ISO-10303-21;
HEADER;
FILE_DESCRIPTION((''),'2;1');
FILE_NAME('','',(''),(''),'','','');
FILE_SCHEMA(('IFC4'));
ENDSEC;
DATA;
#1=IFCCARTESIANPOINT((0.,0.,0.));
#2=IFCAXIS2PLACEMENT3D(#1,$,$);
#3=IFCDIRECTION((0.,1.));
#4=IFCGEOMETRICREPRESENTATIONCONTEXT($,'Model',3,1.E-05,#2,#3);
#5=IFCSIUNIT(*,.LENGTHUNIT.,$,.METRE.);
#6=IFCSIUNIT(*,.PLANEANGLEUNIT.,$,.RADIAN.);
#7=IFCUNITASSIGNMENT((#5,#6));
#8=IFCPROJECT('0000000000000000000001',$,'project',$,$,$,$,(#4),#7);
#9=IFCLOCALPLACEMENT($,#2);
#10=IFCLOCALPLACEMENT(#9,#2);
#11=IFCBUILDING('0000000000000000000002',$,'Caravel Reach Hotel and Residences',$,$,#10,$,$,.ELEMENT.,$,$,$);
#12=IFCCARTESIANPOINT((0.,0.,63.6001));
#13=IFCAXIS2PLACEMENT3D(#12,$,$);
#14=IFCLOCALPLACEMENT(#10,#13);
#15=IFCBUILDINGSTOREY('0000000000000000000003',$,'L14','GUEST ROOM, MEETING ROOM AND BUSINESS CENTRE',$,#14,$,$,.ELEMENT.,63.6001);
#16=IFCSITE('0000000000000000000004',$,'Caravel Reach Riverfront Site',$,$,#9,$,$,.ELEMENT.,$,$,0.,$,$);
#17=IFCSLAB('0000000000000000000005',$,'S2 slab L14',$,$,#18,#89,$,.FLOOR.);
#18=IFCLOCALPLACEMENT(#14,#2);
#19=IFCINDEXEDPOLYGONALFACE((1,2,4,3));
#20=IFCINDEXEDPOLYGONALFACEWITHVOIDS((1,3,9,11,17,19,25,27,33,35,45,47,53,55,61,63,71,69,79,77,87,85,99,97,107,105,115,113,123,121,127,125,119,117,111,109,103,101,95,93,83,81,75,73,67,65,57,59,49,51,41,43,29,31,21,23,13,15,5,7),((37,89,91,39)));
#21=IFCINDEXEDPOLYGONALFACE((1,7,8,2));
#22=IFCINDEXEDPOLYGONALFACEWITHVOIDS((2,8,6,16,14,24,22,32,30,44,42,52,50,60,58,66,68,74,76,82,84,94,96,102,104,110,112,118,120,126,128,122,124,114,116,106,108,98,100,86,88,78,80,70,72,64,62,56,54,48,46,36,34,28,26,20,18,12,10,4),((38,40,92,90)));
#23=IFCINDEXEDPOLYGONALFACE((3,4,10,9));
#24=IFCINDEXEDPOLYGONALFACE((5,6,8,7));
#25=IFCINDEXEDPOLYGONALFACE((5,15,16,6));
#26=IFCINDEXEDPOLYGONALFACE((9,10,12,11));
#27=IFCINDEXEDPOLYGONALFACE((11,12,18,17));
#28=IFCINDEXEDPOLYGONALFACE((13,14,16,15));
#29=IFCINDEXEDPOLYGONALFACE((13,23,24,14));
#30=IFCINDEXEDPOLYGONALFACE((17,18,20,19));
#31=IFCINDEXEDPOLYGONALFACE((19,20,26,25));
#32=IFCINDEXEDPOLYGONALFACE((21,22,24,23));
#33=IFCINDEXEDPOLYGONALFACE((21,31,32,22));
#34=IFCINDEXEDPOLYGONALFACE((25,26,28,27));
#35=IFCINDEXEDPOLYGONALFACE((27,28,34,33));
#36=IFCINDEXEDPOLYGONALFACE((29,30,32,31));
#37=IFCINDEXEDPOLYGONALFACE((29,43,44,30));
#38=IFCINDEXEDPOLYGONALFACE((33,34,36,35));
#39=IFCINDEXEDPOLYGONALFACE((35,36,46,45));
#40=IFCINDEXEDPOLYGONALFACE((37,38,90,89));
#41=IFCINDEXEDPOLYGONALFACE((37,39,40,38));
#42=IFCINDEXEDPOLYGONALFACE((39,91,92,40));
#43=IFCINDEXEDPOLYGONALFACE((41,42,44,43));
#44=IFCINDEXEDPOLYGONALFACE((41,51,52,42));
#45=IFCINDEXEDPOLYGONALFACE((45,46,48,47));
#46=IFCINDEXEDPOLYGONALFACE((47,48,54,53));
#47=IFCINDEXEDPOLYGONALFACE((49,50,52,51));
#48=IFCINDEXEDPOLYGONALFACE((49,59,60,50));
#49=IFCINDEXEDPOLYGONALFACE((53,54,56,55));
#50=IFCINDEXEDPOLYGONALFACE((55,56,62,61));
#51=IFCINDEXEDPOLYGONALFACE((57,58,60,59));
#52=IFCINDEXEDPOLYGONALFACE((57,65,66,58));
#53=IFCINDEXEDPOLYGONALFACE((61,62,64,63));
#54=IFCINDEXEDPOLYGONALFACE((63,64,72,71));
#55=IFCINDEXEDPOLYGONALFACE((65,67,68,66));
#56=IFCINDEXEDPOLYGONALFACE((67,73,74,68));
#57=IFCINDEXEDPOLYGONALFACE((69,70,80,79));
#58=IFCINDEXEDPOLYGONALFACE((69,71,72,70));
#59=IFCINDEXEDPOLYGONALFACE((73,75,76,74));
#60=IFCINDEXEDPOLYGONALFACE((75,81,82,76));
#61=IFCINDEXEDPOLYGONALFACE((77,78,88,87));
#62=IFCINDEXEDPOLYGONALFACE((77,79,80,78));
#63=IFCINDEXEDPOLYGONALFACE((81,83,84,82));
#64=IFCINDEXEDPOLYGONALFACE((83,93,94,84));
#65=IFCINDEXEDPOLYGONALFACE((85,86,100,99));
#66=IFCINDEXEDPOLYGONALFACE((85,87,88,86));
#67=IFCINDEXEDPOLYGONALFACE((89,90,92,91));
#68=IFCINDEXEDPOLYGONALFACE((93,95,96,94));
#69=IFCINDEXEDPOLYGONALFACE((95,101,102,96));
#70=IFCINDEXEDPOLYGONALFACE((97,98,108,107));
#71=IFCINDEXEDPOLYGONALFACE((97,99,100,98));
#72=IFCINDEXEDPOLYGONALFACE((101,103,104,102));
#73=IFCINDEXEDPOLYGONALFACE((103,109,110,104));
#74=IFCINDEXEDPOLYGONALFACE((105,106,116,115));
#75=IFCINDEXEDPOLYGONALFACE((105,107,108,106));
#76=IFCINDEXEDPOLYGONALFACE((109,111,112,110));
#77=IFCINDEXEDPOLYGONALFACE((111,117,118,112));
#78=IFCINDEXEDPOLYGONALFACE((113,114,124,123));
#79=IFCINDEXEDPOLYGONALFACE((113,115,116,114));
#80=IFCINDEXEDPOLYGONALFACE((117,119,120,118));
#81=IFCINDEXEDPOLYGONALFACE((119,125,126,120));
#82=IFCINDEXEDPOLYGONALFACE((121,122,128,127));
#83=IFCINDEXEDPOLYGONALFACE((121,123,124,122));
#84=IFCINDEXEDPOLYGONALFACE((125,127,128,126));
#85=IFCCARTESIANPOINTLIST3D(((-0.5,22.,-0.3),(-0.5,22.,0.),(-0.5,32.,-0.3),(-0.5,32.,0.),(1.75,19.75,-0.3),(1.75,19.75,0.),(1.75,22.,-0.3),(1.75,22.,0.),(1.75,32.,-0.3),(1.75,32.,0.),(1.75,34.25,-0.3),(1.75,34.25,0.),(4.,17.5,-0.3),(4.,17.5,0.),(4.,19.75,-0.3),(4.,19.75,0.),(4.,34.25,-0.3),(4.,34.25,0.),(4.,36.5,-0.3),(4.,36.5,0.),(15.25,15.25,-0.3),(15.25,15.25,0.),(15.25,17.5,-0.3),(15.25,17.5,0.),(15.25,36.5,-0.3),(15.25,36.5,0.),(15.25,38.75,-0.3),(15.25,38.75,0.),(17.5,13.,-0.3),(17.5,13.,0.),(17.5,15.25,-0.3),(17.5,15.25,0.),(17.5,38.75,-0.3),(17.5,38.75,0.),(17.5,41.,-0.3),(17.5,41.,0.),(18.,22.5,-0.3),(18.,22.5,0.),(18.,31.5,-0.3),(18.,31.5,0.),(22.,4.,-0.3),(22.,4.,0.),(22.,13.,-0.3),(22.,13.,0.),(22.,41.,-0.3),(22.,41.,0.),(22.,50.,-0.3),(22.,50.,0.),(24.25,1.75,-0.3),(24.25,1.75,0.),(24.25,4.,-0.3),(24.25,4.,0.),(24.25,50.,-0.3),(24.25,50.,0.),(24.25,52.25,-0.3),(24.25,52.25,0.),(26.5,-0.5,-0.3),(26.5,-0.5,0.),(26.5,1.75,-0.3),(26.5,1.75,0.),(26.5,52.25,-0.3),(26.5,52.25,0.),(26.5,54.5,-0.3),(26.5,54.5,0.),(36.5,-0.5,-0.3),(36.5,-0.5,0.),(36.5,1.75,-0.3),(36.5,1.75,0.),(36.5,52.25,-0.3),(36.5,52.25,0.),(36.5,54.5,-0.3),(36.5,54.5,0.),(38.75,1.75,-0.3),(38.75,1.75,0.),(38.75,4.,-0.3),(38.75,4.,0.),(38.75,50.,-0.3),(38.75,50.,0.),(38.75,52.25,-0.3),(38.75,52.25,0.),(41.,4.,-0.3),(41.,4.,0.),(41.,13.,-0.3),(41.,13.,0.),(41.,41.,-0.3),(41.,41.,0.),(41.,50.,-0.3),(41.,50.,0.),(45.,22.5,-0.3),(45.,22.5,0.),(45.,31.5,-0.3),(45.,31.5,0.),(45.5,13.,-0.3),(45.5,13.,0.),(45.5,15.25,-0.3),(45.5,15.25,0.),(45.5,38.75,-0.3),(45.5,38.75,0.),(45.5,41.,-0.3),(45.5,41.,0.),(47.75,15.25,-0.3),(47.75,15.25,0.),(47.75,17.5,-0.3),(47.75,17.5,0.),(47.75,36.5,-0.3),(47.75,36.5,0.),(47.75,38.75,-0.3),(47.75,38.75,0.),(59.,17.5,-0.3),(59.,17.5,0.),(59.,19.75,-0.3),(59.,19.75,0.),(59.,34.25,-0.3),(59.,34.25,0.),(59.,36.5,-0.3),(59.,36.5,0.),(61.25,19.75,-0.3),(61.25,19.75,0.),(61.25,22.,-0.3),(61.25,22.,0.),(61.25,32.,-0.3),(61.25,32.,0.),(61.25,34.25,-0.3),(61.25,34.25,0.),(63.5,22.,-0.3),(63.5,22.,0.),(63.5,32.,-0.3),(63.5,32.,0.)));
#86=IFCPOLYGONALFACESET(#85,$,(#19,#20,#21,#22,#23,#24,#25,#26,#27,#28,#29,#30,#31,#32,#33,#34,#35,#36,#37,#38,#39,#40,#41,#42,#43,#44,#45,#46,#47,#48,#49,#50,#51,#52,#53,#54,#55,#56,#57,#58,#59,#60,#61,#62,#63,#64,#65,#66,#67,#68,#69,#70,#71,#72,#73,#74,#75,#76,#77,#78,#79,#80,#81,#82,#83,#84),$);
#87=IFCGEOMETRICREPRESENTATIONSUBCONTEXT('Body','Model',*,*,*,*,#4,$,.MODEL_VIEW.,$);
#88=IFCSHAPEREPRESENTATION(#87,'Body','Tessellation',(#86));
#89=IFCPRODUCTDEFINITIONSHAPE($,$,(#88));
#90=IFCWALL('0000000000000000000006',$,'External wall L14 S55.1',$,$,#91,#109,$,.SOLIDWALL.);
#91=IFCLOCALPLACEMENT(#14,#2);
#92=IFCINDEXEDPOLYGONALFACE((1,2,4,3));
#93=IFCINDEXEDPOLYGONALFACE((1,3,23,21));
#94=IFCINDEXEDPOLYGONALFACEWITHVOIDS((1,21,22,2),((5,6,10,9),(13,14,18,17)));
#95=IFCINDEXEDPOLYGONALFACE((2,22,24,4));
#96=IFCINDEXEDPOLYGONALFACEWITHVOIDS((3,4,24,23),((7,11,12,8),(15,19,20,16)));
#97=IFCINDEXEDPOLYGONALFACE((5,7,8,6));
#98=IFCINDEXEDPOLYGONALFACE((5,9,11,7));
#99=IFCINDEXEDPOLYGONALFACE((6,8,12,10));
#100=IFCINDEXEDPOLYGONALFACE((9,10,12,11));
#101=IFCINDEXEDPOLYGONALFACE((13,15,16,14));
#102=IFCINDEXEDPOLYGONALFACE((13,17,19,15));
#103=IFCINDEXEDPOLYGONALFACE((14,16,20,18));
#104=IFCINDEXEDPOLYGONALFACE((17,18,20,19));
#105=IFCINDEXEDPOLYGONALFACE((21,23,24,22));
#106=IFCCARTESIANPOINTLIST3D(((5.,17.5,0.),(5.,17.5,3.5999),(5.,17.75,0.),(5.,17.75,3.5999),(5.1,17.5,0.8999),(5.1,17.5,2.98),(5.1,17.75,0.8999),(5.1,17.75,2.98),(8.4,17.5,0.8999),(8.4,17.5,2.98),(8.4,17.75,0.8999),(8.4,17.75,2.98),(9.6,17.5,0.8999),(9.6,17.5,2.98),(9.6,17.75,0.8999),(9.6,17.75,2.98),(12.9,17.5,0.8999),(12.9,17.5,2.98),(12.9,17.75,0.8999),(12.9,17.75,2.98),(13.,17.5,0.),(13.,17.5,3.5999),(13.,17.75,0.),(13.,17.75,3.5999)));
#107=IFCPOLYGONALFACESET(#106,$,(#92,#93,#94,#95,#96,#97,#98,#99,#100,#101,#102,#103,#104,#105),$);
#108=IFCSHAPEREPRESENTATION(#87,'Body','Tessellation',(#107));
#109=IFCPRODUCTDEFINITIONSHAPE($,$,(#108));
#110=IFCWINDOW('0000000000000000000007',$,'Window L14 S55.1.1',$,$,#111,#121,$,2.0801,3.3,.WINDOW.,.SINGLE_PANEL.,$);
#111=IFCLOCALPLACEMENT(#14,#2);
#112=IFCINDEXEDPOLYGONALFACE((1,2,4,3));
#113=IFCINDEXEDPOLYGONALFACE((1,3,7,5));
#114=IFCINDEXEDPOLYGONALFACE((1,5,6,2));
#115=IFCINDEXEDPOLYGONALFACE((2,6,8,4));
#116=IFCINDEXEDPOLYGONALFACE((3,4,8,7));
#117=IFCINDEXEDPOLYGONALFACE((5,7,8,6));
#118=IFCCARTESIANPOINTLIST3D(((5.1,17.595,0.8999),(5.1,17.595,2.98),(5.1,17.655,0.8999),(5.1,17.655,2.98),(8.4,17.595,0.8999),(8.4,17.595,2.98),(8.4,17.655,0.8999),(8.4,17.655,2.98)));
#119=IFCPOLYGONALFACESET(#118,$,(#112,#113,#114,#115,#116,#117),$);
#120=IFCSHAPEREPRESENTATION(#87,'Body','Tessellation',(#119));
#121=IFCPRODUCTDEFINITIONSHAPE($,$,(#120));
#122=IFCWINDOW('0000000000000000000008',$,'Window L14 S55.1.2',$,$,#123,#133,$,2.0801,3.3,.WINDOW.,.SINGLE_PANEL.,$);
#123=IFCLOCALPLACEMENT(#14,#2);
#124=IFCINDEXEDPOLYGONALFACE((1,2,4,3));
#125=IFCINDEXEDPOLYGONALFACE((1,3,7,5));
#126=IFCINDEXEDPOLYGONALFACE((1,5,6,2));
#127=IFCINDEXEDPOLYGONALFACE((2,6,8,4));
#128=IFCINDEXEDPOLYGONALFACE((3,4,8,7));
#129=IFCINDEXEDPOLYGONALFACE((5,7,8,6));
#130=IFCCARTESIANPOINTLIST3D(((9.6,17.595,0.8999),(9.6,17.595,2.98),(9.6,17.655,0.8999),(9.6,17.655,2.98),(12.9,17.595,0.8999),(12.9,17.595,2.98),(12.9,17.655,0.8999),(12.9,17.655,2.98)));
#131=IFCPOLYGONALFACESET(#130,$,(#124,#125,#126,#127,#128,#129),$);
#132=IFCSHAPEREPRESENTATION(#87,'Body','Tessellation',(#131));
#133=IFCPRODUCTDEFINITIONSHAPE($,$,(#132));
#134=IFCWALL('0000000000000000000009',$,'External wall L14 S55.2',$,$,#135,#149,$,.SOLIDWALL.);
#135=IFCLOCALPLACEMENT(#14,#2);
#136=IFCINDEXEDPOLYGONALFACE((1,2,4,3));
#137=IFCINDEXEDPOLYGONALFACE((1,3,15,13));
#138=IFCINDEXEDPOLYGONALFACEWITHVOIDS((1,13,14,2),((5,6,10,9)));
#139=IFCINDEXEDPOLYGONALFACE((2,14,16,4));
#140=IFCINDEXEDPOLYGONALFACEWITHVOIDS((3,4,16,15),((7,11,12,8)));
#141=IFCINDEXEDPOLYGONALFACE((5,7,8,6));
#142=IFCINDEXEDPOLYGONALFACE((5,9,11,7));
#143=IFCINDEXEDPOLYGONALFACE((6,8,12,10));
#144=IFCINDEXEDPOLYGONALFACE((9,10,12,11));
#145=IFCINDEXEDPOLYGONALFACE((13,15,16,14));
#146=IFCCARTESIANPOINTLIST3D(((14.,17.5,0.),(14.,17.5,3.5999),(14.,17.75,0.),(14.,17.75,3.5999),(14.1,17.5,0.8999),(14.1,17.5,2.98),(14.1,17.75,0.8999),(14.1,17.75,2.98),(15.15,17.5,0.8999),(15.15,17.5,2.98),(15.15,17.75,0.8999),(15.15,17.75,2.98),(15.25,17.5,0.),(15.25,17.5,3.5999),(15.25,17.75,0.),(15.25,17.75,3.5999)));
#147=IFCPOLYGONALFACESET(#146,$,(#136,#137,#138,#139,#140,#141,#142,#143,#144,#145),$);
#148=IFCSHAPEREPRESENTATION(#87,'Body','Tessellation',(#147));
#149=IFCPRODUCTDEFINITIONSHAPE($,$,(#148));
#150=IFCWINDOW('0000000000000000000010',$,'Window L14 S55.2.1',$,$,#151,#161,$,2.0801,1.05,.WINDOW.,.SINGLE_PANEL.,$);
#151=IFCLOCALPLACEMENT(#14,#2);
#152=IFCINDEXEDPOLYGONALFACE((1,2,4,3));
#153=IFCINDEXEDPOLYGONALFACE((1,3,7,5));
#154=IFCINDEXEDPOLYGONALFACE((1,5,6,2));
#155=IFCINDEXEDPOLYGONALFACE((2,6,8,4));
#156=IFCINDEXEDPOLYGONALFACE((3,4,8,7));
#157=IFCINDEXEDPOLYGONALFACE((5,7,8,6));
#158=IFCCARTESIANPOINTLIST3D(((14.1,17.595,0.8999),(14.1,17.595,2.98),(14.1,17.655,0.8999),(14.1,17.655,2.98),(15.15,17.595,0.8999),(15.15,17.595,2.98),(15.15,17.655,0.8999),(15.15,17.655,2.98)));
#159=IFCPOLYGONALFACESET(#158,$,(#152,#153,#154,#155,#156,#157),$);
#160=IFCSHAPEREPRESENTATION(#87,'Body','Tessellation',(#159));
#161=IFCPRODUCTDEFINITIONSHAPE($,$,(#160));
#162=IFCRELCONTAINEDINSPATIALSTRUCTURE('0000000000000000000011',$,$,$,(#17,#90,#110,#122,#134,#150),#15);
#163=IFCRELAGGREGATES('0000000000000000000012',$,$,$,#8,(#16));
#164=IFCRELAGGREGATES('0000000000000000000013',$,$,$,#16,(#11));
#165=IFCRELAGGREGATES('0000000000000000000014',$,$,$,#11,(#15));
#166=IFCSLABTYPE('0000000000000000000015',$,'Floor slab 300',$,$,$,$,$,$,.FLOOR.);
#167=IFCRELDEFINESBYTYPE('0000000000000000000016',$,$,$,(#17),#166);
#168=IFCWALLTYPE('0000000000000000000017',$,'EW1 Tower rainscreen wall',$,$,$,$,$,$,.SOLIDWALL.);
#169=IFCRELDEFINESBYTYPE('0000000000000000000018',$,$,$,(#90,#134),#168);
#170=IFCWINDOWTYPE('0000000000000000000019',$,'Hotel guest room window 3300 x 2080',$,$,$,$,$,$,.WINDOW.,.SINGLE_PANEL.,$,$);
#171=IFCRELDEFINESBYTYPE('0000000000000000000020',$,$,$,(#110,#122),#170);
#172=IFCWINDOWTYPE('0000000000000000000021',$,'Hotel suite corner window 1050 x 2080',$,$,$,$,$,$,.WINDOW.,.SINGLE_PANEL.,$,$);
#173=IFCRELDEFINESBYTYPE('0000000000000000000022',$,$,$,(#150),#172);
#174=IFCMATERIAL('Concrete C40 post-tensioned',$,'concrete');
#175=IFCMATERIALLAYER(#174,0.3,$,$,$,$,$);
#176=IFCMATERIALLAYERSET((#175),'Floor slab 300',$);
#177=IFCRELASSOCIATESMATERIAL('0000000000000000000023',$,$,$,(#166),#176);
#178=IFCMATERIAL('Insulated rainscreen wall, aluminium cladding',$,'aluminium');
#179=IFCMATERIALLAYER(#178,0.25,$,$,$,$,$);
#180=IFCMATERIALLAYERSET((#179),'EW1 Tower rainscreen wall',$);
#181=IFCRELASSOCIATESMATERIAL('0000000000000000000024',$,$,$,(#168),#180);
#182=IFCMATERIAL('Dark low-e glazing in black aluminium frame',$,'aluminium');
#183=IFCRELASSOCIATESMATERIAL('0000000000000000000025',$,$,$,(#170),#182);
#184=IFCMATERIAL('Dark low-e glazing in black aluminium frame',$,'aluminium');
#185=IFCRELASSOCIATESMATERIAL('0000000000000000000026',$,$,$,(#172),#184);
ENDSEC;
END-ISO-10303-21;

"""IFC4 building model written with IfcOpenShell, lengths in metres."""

from ifc_helpers import new_model, si_unit, direction, frame, frame_2d, origin, place, context, subcontext, project, spatial, polyline, rectangle, outline, extrude, material, layer, layer_set, type_object, element, fill, save


model = new_model("IFC4")

# Units and contexts
model_context = context("Model", 3, precision=1e-05, world=origin(), true_north=direction((0.0, 1.0)))
body_context = subcontext(model_context, "Body", "Model", "MODEL_VIEW")
ifc_project = project(units=[si_unit("LENGTHUNIT", "METRE"), si_unit("PLANEANGLEUNIT", "RADIAN")], contexts=[model_context])

# Site, building, storey
site_placement = place(None, origin())
site = spatial("IfcSite", under=ifc_project, at=site_placement, Name="Caravel Reach Riverfront Site", CompositionType="ELEMENT", RefElevation=0.0)
building_placement = place(site_placement, origin())
building = spatial("IfcBuilding", under=site, at=building_placement, Name="Caravel Reach Hotel and Residences", CompositionType="ELEMENT")
storey_placement = place(building_placement, frame((0.0, 0.0, 63.6001)))
storey = spatial("IfcBuildingStorey", under=building, at=storey_placement, Name="L14", Description="GUEST ROOM, MEETING ROOM AND BUSINESS CENTRE", CompositionType="ELEMENT", Elevation=63.6001)

# Slab
ifc_material_1 = material(Name="Concrete C40 post-tensioned", Category="concrete")
ifc_layer_1 = layer(ifc_material_1, 0.3)
ifc_layer_set_1 = layer_set([ifc_layer_1], Name="Floor slab 300")
slab_type_1 = type_object("IfcSlabType", Name="Floor slab 300", PredefinedType="FLOOR", material=ifc_layer_set_1)
slab_1_placement = place(storey_placement, frame((0.0, 0.0, -0.3)))
element("IfcSlab", 1, at=slab_1_placement, inside=storey, type_object=slab_type_1, Name="S2 slab L14", PredefinedType="FLOOR", context=body_context, shape_type="SweptSolid", body=[
    extrude(outline(polyline([(17.5, 13.0), (17.5, 15.25), (15.25, 15.25), (15.25, 17.5), (4.0, 17.5), (4.0, 19.75), (1.75, 19.75), (1.75, 22.0), (-0.5, 22.0), (-0.5, 32.0), (1.75, 32.0), (1.75, 34.25), (4.0, 34.25), (4.0, 36.5), (15.25, 36.5), (15.25, 38.75), (17.5, 38.75), (17.5, 41.0), (22.0, 41.0), (22.0, 50.0), (24.25, 50.0), (24.25, 52.25), (26.5, 52.25), (26.5, 54.5), (36.5, 54.5), (36.5, 52.25), (38.75, 52.25), (38.75, 50.0), (41.0, 50.0), (41.0, 41.0), (45.5, 41.0), (45.5, 38.75), (47.75, 38.75), (47.75, 36.5), (59.0, 36.5), (59.0, 34.25), (61.25, 34.25), (61.25, 32.0), (63.5, 32.0), (63.5, 22.0), (61.25, 22.0), (61.25, 19.75), (59.0, 19.75), (59.0, 17.5), (47.75, 17.5), (47.75, 15.25), (45.5, 15.25), (45.5, 13.0), (41.0, 13.0), (41.0, 4.0), (38.75, 4.0), (38.75, 1.75), (36.5, 1.75), (36.5, -0.5), (26.5, -0.5), (26.5, 1.75), (24.25, 1.75), (24.25, 4.0), (22.0, 4.0), (22.0, 13.0), (17.5, 13.0)]), holes=[polyline([(45.0, 31.5), (18.0, 31.5), (18.0, 22.5), (45.0, 22.5), (45.0, 31.5)])]), origin(), (0.0, 0.0, 1.0), 0.3),
])

# Wall, openings, windows
ifc_material_2 = material(Name="Insulated rainscreen wall, aluminium cladding", Category="aluminium")
ifc_layer_2 = layer(ifc_material_2, 0.25)
ifc_layer_set_2 = layer_set([ifc_layer_2], Name="EW1 Tower rainscreen wall")
wall_type_1 = type_object("IfcWallType", Name="EW1 Tower rainscreen wall", PredefinedType="SOLIDWALL", material=ifc_layer_set_2)
wall_1_placement = place(storey_placement, frame((5.0, 17.625, 0.0), z_axis=(0.0, 0.0, 1.0), x_axis=(1.0, 0.0, 0.0)))
wall_1 = element("IfcWall", 2, at=wall_1_placement, inside=storey, type_object=wall_type_1, Name="External wall L14 S55.1", PredefinedType="SOLIDWALL", context=body_context, shape_type="SweptSolid", body=[
    extrude(rectangle(XDim=8.0, YDim=0.25, at=frame_2d((4.0, 0.0))), origin(), (0.0, 0.0, 1.0), 3.5999),
])
opening_1_placement = place(wall_1_placement, frame((0.1001, 0.0, 0.8999)))
opening_1 = element("IfcOpeningElement", 3, at=opening_1_placement, cuts=wall_1, PredefinedType="OPENING", context=body_context, shape_type="SweptSolid", body=[
    extrude(rectangle(XDim=3.3, YDim=2.0801, at=frame_2d((1.6499, 1.04))), frame((0.0, 0.135, 0.0), z_axis=(0.0, -1.0, 0.0), x_axis=(1.0, 0.0, 0.0)), (0.0, 0.0, 1.0), 0.27),
])
opening_2_placement = place(wall_1_placement, frame((4.6001, 0.0, 0.8999)))
opening_2 = element("IfcOpeningElement", 4, at=opening_2_placement, cuts=wall_1, PredefinedType="OPENING", context=body_context, shape_type="SweptSolid", body=[
    extrude(rectangle(XDim=3.3, YDim=2.0801, at=frame_2d((1.6499, 1.04))), frame((0.0, 0.135, 0.0), z_axis=(0.0, -1.0, 0.0), x_axis=(1.0, 0.0, 0.0)), (0.0, 0.0, 1.0), 0.27),
])
ifc_material_3 = material(Name="Dark low-e glazing in black aluminium frame", Category="aluminium")
window_type_1 = type_object("IfcWindowType", Name="Hotel guest room window 3300 x 2080", PartitioningType="SINGLE_PANEL", PredefinedType="WINDOW", material=ifc_material_3)
window_1_placement = place(opening_1_placement, origin())
window_1 = element("IfcWindow", 5, at=window_1_placement, inside=storey, type_object=window_type_1, Name="Window L14 S55.1.1", OverallHeight=2.0801, OverallWidth=3.3, PartitioningType="SINGLE_PANEL", PredefinedType="WINDOW", context=body_context, shape_type="SweptSolid", body=[
    extrude(rectangle(XDim=3.3, YDim=2.0801, at=frame_2d((1.6499, 1.04))), frame((0.0, 0.03, 0.0), z_axis=(0.0, -1.0, 0.0), x_axis=(1.0, 0.0, 0.0)), (0.0, 0.0, 1.0), 0.0601),
])
fill(opening_1, window_1)
window_2_placement = place(opening_2_placement, origin())
window_2 = element("IfcWindow", 6, at=window_2_placement, inside=storey, type_object=window_type_1, Name="Window L14 S55.1.2", OverallHeight=2.0801, OverallWidth=3.3, PartitioningType="SINGLE_PANEL", PredefinedType="WINDOW", context=body_context, shape_type="SweptSolid", body=[
    extrude(rectangle(XDim=3.3, YDim=2.0801, at=frame_2d((1.6499, 1.04))), frame((0.0, 0.03, 0.0), z_axis=(0.0, -1.0, 0.0), x_axis=(1.0, 0.0, 0.0)), (0.0, 0.0, 1.0), 0.0601),
])
fill(opening_2, window_2)

# Wall, opening, window
wall_2_placement = place(storey_placement, frame((14.0, 17.625, 0.0), z_axis=(0.0, 0.0, 1.0), x_axis=(1.0, 0.0, 0.0)))
wall_2 = element("IfcWall", 7, at=wall_2_placement, inside=storey, type_object=wall_type_1, Name="External wall L14 S55.2", PredefinedType="SOLIDWALL", context=body_context, shape_type="SweptSolid", body=[
    extrude(rectangle(XDim=1.25, YDim=0.25, at=frame_2d((0.625, 0.0))), origin(), (0.0, 0.0, 1.0), 3.5999),
])
opening_3_placement = place(wall_2_placement, frame((0.1001, 0.0, 0.8999)))
opening_3 = element("IfcOpeningElement", 8, at=opening_3_placement, cuts=wall_2, PredefinedType="OPENING", context=body_context, shape_type="SweptSolid", body=[
    extrude(rectangle(XDim=1.05, YDim=2.0801, at=frame_2d((0.5249, 1.04))), frame((0.0, 0.135, 0.0), z_axis=(0.0, -1.0, 0.0), x_axis=(1.0, 0.0, 0.0)), (0.0, 0.0, 1.0), 0.27),
])
ifc_material_4 = material(Name="Dark low-e glazing in black aluminium frame", Category="aluminium")
window_type_2 = type_object("IfcWindowType", Name="Hotel suite corner window 1050 x 2080", PartitioningType="SINGLE_PANEL", PredefinedType="WINDOW", material=ifc_material_4)
window_3_placement = place(opening_3_placement, origin())
window_3 = element("IfcWindow", 9, at=window_3_placement, inside=storey, type_object=window_type_2, Name="Window L14 S55.2.1", OverallHeight=2.0801, OverallWidth=1.05, PartitioningType="SINGLE_PANEL", PredefinedType="WINDOW", context=body_context, shape_type="SweptSolid", body=[
    extrude(rectangle(XDim=1.05, YDim=2.0801, at=frame_2d((0.5249, 1.04))), frame((0.0, 0.03, 0.0), z_axis=(0.0, -1.0, 0.0), x_axis=(1.0, 0.0, 0.0)), (0.0, 0.0, 1.0), 0.0601),
])
fill(opening_3, window_3)

save(model, "model.ifc")
